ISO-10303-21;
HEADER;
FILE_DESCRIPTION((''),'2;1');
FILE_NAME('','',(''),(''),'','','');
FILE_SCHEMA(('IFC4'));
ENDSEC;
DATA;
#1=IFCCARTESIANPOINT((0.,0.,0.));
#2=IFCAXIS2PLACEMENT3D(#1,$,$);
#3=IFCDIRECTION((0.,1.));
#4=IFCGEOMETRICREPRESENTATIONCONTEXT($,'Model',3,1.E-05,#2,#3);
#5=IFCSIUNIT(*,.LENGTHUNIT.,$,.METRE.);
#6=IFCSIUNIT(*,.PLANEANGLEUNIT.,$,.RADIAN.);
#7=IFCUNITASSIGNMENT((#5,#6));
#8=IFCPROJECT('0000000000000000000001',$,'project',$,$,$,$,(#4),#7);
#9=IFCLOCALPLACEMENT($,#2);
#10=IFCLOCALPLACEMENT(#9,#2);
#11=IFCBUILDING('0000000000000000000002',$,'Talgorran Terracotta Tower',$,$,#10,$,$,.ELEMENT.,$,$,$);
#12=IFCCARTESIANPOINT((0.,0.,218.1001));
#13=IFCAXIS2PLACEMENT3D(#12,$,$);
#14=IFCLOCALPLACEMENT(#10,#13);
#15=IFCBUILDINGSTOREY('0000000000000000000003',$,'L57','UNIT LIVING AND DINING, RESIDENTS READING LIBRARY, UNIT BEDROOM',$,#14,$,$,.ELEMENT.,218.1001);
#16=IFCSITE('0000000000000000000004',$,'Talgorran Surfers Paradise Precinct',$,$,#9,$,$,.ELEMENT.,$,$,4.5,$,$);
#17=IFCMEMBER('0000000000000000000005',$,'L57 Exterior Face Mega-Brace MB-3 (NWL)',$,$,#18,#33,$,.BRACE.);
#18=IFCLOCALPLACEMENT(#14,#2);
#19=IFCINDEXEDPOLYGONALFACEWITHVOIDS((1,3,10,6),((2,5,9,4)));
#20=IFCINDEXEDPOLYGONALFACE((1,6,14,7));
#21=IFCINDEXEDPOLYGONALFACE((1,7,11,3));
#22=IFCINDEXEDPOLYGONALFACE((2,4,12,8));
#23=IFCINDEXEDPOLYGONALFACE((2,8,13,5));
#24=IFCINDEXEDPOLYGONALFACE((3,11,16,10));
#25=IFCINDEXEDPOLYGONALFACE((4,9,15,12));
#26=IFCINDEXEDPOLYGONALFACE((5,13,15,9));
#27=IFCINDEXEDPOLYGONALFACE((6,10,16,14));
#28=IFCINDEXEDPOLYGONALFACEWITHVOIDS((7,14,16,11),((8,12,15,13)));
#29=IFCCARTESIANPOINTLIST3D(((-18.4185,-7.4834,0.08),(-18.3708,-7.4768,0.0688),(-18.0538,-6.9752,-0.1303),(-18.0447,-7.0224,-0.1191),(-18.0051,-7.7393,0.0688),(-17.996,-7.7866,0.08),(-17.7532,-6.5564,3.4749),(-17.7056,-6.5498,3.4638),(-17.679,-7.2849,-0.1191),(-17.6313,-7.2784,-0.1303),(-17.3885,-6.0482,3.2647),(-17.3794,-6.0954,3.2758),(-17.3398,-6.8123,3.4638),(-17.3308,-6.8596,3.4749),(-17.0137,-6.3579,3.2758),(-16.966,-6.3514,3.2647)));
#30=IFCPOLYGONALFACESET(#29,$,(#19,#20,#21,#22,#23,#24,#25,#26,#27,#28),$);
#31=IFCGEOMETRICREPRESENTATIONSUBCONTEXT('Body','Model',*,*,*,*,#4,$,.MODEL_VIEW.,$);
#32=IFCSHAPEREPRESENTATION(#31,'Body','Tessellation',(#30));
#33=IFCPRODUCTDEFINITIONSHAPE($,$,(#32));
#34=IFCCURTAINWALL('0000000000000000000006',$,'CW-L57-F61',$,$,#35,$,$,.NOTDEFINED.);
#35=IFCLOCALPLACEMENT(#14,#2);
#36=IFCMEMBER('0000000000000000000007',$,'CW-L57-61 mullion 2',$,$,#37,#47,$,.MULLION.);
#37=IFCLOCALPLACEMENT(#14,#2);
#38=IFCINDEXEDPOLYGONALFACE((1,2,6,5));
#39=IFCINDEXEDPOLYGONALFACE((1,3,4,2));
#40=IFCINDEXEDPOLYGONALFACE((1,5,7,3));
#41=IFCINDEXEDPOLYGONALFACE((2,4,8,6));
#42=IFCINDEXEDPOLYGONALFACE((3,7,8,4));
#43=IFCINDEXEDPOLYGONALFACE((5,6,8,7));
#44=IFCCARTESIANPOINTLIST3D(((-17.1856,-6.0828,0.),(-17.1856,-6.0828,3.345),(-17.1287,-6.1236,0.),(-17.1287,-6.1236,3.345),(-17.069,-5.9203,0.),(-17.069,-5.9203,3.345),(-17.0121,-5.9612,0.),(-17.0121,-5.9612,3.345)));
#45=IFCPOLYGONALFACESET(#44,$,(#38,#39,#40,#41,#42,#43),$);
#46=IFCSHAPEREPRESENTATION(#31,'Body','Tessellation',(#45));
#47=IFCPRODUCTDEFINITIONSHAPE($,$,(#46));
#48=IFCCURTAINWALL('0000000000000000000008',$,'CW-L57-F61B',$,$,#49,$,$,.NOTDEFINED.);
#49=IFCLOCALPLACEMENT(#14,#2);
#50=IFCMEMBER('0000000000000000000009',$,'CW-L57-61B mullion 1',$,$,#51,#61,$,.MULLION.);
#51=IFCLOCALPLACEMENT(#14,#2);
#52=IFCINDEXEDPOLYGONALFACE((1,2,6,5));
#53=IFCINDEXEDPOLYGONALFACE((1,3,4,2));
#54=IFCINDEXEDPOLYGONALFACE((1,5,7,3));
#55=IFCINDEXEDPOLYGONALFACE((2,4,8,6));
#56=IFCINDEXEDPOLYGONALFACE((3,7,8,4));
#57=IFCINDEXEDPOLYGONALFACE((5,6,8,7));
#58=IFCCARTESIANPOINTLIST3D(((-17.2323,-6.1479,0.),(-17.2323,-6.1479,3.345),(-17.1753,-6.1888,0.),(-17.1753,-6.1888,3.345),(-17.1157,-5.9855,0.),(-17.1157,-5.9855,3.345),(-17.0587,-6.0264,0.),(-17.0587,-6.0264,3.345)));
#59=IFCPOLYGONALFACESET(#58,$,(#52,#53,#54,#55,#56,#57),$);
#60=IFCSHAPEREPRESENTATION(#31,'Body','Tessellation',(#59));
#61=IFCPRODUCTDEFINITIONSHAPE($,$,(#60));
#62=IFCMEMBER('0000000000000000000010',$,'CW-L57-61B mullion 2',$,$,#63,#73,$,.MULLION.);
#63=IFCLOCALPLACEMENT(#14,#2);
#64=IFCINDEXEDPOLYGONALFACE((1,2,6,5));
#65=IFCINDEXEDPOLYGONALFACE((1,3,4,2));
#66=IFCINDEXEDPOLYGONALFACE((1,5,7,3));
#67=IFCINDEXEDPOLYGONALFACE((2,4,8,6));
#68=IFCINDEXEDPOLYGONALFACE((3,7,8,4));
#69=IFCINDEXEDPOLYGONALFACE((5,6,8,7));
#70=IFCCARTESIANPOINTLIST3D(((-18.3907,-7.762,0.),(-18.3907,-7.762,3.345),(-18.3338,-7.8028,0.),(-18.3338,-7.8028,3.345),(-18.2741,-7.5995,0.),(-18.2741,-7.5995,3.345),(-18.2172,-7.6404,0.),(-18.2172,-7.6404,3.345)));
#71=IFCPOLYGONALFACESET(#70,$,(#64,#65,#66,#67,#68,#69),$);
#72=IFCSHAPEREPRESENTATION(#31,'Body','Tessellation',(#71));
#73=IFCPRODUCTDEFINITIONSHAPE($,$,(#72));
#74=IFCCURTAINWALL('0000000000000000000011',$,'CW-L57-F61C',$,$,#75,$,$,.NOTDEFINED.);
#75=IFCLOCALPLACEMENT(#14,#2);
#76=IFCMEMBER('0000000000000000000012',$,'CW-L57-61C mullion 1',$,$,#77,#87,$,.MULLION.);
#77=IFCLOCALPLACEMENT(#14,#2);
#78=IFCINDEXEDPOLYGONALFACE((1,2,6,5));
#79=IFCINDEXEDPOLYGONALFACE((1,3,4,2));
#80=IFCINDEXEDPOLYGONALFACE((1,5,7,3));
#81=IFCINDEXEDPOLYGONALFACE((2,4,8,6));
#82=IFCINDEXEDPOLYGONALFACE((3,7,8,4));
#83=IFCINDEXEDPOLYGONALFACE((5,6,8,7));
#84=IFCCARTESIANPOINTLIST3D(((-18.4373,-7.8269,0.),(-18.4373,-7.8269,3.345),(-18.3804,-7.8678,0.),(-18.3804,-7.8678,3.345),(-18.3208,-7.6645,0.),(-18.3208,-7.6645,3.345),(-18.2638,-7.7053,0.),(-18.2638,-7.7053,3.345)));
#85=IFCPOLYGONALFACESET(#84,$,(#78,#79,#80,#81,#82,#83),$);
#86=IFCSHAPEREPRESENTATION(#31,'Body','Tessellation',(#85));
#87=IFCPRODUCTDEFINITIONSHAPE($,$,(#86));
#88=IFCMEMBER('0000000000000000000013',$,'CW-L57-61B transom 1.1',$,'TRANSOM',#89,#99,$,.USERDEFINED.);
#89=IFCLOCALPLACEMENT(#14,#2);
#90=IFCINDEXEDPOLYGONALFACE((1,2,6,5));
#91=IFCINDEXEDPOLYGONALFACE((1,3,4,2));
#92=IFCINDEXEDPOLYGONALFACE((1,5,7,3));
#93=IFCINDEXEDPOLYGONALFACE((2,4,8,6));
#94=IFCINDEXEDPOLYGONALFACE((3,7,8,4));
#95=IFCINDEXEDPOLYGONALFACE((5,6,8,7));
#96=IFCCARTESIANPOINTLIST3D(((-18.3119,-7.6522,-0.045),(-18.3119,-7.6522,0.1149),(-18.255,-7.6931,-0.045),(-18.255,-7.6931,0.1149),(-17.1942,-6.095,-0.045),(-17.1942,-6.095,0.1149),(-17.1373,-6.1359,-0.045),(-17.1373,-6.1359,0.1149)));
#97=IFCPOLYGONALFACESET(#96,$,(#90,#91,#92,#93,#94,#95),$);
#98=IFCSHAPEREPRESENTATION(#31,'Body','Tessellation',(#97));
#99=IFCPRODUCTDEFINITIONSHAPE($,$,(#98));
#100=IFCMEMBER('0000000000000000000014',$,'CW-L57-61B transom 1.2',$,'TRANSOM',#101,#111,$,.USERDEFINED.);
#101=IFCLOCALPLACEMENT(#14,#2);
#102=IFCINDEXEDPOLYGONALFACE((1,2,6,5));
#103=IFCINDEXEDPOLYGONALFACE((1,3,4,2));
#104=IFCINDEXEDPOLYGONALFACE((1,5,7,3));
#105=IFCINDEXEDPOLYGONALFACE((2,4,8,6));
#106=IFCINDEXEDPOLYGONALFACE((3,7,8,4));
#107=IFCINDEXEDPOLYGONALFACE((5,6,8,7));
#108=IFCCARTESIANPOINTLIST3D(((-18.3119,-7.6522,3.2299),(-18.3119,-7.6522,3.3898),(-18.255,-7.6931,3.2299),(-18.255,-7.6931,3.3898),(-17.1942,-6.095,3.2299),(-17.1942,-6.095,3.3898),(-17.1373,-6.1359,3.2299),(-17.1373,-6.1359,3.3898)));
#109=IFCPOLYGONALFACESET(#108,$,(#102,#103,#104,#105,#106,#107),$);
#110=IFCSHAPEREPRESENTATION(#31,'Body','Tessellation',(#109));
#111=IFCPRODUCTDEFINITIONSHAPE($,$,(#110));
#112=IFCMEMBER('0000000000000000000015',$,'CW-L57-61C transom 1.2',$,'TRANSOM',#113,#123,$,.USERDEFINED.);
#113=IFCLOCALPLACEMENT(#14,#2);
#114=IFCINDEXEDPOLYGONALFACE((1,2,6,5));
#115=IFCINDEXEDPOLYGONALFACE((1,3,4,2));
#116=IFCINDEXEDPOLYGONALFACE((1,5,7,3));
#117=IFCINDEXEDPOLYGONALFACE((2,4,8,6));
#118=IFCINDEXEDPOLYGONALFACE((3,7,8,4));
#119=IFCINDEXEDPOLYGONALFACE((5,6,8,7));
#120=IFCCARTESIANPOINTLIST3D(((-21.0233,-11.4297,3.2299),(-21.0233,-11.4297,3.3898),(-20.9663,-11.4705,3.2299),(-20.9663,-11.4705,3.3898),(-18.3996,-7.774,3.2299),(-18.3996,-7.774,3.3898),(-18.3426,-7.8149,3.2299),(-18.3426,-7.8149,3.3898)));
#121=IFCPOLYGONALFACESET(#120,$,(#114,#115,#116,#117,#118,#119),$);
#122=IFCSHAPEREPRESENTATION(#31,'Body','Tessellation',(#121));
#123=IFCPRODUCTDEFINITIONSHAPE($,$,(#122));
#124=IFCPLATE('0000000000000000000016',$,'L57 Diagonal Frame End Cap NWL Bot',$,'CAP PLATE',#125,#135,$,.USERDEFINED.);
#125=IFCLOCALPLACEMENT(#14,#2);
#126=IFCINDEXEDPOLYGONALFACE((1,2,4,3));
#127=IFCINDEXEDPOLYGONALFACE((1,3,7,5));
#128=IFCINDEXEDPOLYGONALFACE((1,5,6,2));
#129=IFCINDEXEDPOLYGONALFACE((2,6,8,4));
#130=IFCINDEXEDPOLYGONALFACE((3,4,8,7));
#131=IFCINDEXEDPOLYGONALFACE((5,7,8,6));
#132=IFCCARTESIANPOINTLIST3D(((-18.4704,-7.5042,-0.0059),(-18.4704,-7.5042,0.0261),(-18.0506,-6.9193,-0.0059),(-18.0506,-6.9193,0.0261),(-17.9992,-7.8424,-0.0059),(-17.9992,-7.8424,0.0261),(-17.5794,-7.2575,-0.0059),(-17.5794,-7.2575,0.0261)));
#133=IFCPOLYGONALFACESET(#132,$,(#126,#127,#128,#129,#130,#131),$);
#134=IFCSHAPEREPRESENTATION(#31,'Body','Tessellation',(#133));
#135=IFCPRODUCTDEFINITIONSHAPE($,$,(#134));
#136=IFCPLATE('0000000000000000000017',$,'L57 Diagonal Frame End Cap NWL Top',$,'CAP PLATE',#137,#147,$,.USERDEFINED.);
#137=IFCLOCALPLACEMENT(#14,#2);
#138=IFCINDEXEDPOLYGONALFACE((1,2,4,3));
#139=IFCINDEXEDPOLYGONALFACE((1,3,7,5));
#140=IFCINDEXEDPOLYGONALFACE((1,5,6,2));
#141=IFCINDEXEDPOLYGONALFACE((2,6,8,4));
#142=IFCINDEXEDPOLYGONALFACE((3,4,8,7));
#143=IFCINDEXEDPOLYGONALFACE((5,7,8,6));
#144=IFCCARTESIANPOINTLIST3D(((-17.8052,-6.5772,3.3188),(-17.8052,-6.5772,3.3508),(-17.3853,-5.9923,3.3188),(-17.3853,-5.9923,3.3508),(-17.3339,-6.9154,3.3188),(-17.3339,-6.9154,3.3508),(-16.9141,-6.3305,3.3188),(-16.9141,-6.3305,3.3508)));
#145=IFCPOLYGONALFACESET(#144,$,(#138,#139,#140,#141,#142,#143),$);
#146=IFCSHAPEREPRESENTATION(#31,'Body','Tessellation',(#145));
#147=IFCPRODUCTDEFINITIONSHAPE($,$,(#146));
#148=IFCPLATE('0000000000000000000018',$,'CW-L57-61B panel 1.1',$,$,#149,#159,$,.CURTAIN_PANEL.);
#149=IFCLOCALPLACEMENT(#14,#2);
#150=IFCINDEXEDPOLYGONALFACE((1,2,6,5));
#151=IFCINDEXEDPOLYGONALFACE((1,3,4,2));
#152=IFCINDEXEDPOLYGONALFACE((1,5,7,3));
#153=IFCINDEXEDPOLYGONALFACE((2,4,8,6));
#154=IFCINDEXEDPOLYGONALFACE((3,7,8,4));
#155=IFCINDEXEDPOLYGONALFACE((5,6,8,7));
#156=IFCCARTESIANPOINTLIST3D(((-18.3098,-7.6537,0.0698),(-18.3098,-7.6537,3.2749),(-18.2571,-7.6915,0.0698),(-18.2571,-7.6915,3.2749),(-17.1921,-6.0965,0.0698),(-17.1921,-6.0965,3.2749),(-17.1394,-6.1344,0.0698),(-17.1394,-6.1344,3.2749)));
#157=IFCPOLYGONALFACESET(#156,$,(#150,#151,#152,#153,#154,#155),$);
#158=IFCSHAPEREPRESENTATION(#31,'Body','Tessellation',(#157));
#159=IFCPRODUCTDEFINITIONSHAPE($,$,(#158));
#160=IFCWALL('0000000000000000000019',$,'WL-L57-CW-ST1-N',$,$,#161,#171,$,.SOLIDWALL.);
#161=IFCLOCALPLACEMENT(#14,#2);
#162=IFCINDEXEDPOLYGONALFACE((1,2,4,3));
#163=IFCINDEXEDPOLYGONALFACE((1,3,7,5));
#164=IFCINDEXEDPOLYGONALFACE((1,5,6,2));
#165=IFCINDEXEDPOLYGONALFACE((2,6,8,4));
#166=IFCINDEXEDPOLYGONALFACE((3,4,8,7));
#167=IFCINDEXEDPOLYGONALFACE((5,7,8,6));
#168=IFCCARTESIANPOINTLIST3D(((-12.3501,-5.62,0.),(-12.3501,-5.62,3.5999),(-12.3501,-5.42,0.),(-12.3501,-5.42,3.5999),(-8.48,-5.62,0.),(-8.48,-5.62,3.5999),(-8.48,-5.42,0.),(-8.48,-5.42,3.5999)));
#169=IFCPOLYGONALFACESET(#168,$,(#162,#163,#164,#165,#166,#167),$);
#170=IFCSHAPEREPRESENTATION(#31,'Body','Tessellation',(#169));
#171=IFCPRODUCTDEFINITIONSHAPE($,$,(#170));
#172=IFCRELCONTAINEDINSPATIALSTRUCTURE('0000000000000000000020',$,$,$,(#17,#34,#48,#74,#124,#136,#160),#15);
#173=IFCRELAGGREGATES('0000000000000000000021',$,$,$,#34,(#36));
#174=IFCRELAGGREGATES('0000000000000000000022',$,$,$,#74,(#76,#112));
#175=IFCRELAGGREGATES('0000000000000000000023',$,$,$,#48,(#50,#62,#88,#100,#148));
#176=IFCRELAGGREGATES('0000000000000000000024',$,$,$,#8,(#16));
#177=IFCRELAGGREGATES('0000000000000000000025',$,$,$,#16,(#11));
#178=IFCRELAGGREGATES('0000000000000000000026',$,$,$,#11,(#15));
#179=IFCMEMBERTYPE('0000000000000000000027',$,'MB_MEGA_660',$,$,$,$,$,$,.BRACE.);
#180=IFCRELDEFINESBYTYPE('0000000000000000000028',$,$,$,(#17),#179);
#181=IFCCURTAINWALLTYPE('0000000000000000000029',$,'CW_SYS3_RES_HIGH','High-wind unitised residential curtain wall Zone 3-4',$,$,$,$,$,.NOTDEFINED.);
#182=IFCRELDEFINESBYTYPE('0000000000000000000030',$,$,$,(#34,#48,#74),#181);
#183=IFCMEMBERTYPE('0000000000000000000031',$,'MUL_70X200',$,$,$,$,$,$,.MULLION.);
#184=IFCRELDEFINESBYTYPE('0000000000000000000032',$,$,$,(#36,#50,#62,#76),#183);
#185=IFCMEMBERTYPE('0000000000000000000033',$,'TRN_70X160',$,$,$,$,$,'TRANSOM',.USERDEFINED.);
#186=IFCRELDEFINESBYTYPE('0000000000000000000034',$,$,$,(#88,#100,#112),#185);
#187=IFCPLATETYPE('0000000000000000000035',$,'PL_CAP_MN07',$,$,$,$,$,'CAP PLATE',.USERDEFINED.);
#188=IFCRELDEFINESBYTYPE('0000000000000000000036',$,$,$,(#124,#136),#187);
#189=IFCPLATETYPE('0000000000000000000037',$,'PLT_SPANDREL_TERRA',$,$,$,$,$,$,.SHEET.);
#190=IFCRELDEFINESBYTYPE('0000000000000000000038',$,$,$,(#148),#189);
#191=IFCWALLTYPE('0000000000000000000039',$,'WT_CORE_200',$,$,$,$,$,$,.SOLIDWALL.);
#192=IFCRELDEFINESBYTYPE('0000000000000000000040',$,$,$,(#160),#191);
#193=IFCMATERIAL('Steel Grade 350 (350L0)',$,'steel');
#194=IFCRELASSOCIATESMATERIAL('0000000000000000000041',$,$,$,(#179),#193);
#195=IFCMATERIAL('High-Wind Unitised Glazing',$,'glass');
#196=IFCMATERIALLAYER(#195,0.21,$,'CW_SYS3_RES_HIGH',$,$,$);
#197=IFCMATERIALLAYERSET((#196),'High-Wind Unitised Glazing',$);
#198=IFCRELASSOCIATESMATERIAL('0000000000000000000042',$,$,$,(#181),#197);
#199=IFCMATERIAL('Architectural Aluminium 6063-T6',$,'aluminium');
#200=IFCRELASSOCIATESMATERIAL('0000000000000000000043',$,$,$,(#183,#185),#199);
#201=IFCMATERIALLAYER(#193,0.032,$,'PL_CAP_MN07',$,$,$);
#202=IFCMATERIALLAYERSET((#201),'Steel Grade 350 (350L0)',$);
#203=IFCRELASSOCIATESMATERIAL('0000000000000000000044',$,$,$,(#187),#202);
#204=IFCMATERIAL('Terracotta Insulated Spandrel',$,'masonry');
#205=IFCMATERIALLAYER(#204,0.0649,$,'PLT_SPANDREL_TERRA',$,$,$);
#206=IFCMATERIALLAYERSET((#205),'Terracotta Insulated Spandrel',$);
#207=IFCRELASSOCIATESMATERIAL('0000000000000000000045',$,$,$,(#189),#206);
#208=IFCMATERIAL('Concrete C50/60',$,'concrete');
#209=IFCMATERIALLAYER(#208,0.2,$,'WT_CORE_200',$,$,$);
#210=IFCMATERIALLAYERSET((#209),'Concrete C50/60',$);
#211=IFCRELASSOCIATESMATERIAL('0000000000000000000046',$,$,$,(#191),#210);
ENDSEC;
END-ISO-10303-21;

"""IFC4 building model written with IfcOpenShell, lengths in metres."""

from ifc_helpers import new_model, si_unit, direction, frame, frame_2d, origin, origin_2d, place, context, subcontext, project, spatial, rectangle, hollow_rectangle, extrude, source, transform, mapped, material, layer, layer_set, material_profile, profile_set, type_object, type_shapes, element, aggregate, save


model = new_model("IFC4")

# Units and contexts
model_context = context("Model", 3, precision=1e-05, world=origin(), true_north=direction((0.0, 1.0)))
body_context = subcontext(model_context, "Body", "Model", "MODEL_VIEW")
ifc_project = project(units=[si_unit("LENGTHUNIT", "METRE"), si_unit("PLANEANGLEUNIT", "RADIAN")], contexts=[model_context])

# Site, building, storey
site_placement = place(None, origin())
site = spatial("IfcSite", under=ifc_project, at=site_placement, Name="Talgorran Surfers Paradise Precinct", CompositionType="ELEMENT", RefElevation=4.5)
building_placement = place(site_placement, origin())
building = spatial("IfcBuilding", under=site, at=building_placement, Name="Talgorran Terracotta Tower", CompositionType="ELEMENT")
storey_placement = place(building_placement, frame((0.0, 0.0, 218.1001)))
storey = spatial("IfcBuildingStorey", under=building, at=storey_placement, Name="L57", Description="UNIT LIVING AND DINING, RESIDENTS READING LIBRARY, UNIT BEDROOM", CompositionType="ELEMENT", Elevation=218.1001)

# Member
ifc_material_1 = material(Name="Steel Grade 350 (350L0)", Category="steel")
ifc_material_profile_1 = material_profile(ifc_material_1, hollow_rectangle(XDim=0.52, YDim=0.6599, WallThickness=0.0349, at=origin_2d()), Name="WBOX660X520X35")
ifc_profile_set_1 = profile_set([ifc_material_profile_1], Name="Steel Grade 350 (350L0)")
member_type_1 = type_object("IfcMemberType", Name="MB_MEGA_660", PredefinedType="BRACE", material=ifc_profile_set_1)
member_1_placement = place(storey_placement, frame((-18.0249, -7.3809, -0.0251), z_axis=(0.185749, 0.258821, 0.947897), x_axis=(-0.81243, 0.583058, 0.0)))
element("IfcMember", 1, at=member_1_placement, inside=storey, type_object=member_type_1, Name="L57 Exterior Face Mega-Brace MB-3 (NWL)", PredefinedType="BRACE", context=body_context, shape_type="SweptSolid", body=[
    extrude(hollow_rectangle(XDim=0.52, YDim=0.6599, WallThickness=0.0349, at=origin_2d()), origin(), (0.0, 0.0, 1.0), 3.5815),
])

# Curtain wall, member
ifc_material_2 = material(Name="High-Wind Unitised Glazing", Category="glass")
ifc_layer_1 = layer(ifc_material_2, 0.21, Name="CW_SYS3_RES_HIGH")
ifc_layer_set_1 = layer_set([ifc_layer_1], Name="High-Wind Unitised Glazing")
curtain_wall_type = type_object("IfcCurtainWallType", Name="CW_SYS3_RES_HIGH", Description="High-wind unitised residential curtain wall Zone 3-4", PredefinedType="NOTDEFINED", material=ifc_layer_set_1)
curtain_wall_1_placement = place(storey_placement, origin())
curtain_wall_1 = element("IfcCurtainWall", 2, at=curtain_wall_1_placement, inside=storey, type_object=curtain_wall_type, Name="CW-L57-F61", PredefinedType="NOTDEFINED")
ifc_material_3 = material(Name="Architectural Aluminium 6063-T6", Category="aluminium")
ifc_material_profile_2 = material_profile(ifc_material_3, rectangle(XDim=0.0701, YDim=0.2, at=origin_2d()), Name="CWM70X200")
ifc_profile_set_2 = profile_set([ifc_material_profile_2], Name="Architectural Aluminium 6063-T6")
member_type_2 = type_object("IfcMemberType", Name="MUL_70X200", PredefinedType="MULLION", material=ifc_profile_set_2)
member_2_placement = place(storey_placement, frame((-17.0989, -6.022, 0.0), z_axis=(0.0, 0.0, 1.0), x_axis=(0.812387, -0.583118, 0.0)))
member_2 = element("IfcMember", 3, at=member_2_placement, type_object=member_type_2, Name="CW-L57-61 mullion 2", PredefinedType="MULLION", context=body_context, shape_type="SweptSolid", body=[
    extrude(rectangle(XDim=0.0701, YDim=0.2, at=origin_2d()), origin(), (0.0, 0.0, 1.0), 3.345),
])
aggregate(curtain_wall_1, [member_2])

# Curtain wall, members
curtain_wall_2_placement = place(storey_placement, origin())
curtain_wall_2 = element("IfcCurtainWall", 4, at=curtain_wall_2_placement, inside=storey, type_object=curtain_wall_type, Name="CW-L57-F61B", PredefinedType="NOTDEFINED")
member_3_placement = place(storey_placement, frame((-17.1455, -6.0872, 0.0), z_axis=(0.0, 0.0, 1.0), x_axis=(0.812381, -0.583127, 0.0)))
member_3 = element("IfcMember", 5, at=member_3_placement, type_object=member_type_2, Name="CW-L57-61B mullion 1", PredefinedType="MULLION", context=body_context, shape_type="SweptSolid", body=[
    extrude(rectangle(XDim=0.0701, YDim=0.2, at=origin_2d()), origin(), (0.0, 0.0, 1.0), 3.345),
])
member_4_placement = place(storey_placement, frame((-18.304, -7.7012, 0.0), z_axis=(0.0, 0.0, 1.0), x_axis=(0.812381, -0.583127, 0.0)))
member_4 = element("IfcMember", 6, at=member_4_placement, type_object=member_type_2, Name="CW-L57-61B mullion 2", PredefinedType="MULLION", context=body_context, shape_type="SweptSolid", body=[
    extrude(rectangle(XDim=0.0701, YDim=0.2, at=origin_2d()), origin(), (0.0, 0.0, 1.0), 3.345),
])

# Curtain wall, member
curtain_wall_3_placement = place(storey_placement, origin())
curtain_wall_3 = element("IfcCurtainWall", 7, at=curtain_wall_3_placement, inside=storey, type_object=curtain_wall_type, Name="CW-L57-F61C", PredefinedType="NOTDEFINED")
member_5_placement = place(storey_placement, frame((-18.3506, -7.7661, 0.0), z_axis=(0.0, 0.0, 1.0), x_axis=(0.812396, -0.583106, 0.0)))
member_5 = element("IfcMember", 8, at=member_5_placement, type_object=member_type_2, Name="CW-L57-61C mullion 1", PredefinedType="MULLION", context=body_context, shape_type="SweptSolid", body=[
    extrude(rectangle(XDim=0.0701, YDim=0.2, at=origin_2d()), origin(), (0.0, 0.0, 1.0), 3.345),
])

# Members
ifc_material_profile_3 = material_profile(ifc_material_3, rectangle(XDim=0.0701, YDim=0.1599, at=origin_2d()), Name="CWT70X160")
ifc_profile_set_3 = profile_set([ifc_material_profile_3], Name="Architectural Aluminium 6063-T6")
member_type_3 = type_object("IfcMemberType", Name="TRN_70X160", ElementType="TRANSOM", PredefinedType="USERDEFINED", material=ifc_profile_set_3)
member_6_placement = place(storey_placement, frame((-17.1658, -6.1155, 0.0349), z_axis=(-0.583116, -0.812389, 0.0), x_axis=(0.812389, -0.583116, 0.0)))
member_6 = element("IfcMember", 9, at=member_6_placement, type_object=member_type_3, Name="CW-L57-61B transom 1.1", ObjectType="TRANSOM", PredefinedType="USERDEFINED", context=body_context, shape_type="SweptSolid", body=[
    extrude(rectangle(XDim=0.0701, YDim=0.1599, at=origin_2d()), origin(), (0.0, 0.0, 1.0), 1.9167),
])
member_7_placement = place(storey_placement, frame((-17.1658, -6.1155, 3.3098), z_axis=(-0.583116, -0.812389, 0.0), x_axis=(0.812389, -0.583116, 0.0)))
member_7 = element("IfcMember", 10, at=member_7_placement, type_object=member_type_3, Name="CW-L57-61B transom 1.2", ObjectType="TRANSOM", PredefinedType="USERDEFINED", context=body_context, shape_type="SweptSolid", body=[
    extrude(rectangle(XDim=0.0701, YDim=0.1599, at=origin_2d()), origin(), (0.0, 0.0, 1.0), 1.9167),
])
member_8_placement = place(storey_placement, frame((-18.3711, -7.7944, 3.3098), z_axis=(-0.583079, -0.812415, 0.0), x_axis=(0.812415, -0.583079, 0.0)))
member_8 = element("IfcMember", 11, at=member_8_placement, type_object=member_type_3, Name="CW-L57-61C transom 1.2", ObjectType="TRANSOM", PredefinedType="USERDEFINED", context=body_context, shape_type="SweptSolid", body=[
    extrude(rectangle(XDim=0.0701, YDim=0.1599, at=origin_2d()), origin(), (0.0, 0.0, 1.0), 4.4998),
])
aggregate(curtain_wall_3, [member_5, member_8])

# Plates
ifc_layer_2 = layer(ifc_material_1, 0.032, Name="PL_CAP_MN07")
ifc_layer_set_2 = layer_set([ifc_layer_2], Name="Steel Grade 350 (350L0)")
plate_type_1 = type_object("IfcPlateType", Name="PL_CAP_MN07", ElementType="CAP PLATE", PredefinedType="USERDEFINED", material=ifc_layer_set_2)
for number, where, z_axis, x_axis, name in (
    (12, (-18.0249, -7.3809, -0.0059), (0.0, 0.0, 1.0), (0.583116, 0.812389, 0.0), "L57 Diagonal Frame End Cap NWL Bot"),
    (13, (-17.3596, -6.4539, 3.3188), (0.0, 0.0, 1.0), (0.583116, 0.812389, 0.0), "L57 Diagonal Frame End Cap NWL Top"),
):
    element("IfcPlate", number, at=place(storey_placement, frame(where, z_axis=z_axis, x_axis=x_axis)), inside=storey, type_object=plate_type_1, Name=name, ObjectType="CAP PLATE", PredefinedType="USERDEFINED", context=body_context, shape_type="SweptSolid", body=[
        extrude(rectangle(XDim=0.72, YDim=0.5801, at=origin_2d()), origin(), (0.0, 0.0, 1.0), 0.032),
    ])

# Plate
ifc_material_4 = material(Name="Terracotta Insulated Spandrel", Category="masonry")
ifc_layer_3 = layer(ifc_material_4, 0.0649, Name="PLT_SPANDREL_TERRA")
ifc_layer_set_3 = layer_set([ifc_layer_3], Name="Terracotta Insulated Spandrel")
plate_type_2 = type_object("IfcPlateType", Name="PLT_SPANDREL_TERRA", PredefinedType="SHEET", material=ifc_layer_set_3)
shared_shape = source(origin(), body_context, "Body", "SweptSolid", [
    extrude(rectangle(XDim=1.9167, YDim=0.0649, at=origin_2d()), origin(), (0.0, 0.0, 1.0), 3.2051),
])
type_shapes(plate_type_2, [shared_shape])
plate_placement = place(storey_placement, frame((-17.7246, -6.894, 0.0698), z_axis=(0.0, 0.0, 1.0), x_axis=(-0.583127, -0.812381, 0.0)))
plate = element("IfcPlate", 14, at=plate_placement, type_object=plate_type_2, Name="CW-L57-61B panel 1.1", PredefinedType="CURTAIN_PANEL", context=body_context, shape_type="MappedRepresentation", body=[
    mapped(shared_shape, transform((0.0, 0.0, 0.0), scale=1.0)),
])
aggregate(curtain_wall_2, [member_3, member_4, member_6, member_7, plate])

# Wall
ifc_material_5 = material(Name="Concrete C50/60", Category="concrete")
ifc_layer_4 = layer(ifc_material_5, 0.2, Name="WT_CORE_200")
ifc_layer_set_4 = layer_set([ifc_layer_4], Name="Concrete C50/60")
wall_type_1 = type_object("IfcWallType", Name="WT_CORE_200", PredefinedType="SOLIDWALL", material=ifc_layer_set_4)
wall_1_placement = place(storey_placement, frame((-12.3501, -5.52, 0.0), z_axis=(0.0, 0.0, 1.0), x_axis=(1.0, 0.0, 0.0)))
element("IfcWall", 15, at=wall_1_placement, inside=storey, type_object=wall_type_1, Name="WL-L57-CW-ST1-N", PredefinedType="SOLIDWALL", context=body_context, shape_type="SweptSolid", body=[
    extrude(rectangle(XDim=3.8701, YDim=0.2, at=frame_2d((1.9351, 0.0))), origin(), (0.0, 0.0, 1.0), 3.5999),
])

save(model, "model.ifc")
